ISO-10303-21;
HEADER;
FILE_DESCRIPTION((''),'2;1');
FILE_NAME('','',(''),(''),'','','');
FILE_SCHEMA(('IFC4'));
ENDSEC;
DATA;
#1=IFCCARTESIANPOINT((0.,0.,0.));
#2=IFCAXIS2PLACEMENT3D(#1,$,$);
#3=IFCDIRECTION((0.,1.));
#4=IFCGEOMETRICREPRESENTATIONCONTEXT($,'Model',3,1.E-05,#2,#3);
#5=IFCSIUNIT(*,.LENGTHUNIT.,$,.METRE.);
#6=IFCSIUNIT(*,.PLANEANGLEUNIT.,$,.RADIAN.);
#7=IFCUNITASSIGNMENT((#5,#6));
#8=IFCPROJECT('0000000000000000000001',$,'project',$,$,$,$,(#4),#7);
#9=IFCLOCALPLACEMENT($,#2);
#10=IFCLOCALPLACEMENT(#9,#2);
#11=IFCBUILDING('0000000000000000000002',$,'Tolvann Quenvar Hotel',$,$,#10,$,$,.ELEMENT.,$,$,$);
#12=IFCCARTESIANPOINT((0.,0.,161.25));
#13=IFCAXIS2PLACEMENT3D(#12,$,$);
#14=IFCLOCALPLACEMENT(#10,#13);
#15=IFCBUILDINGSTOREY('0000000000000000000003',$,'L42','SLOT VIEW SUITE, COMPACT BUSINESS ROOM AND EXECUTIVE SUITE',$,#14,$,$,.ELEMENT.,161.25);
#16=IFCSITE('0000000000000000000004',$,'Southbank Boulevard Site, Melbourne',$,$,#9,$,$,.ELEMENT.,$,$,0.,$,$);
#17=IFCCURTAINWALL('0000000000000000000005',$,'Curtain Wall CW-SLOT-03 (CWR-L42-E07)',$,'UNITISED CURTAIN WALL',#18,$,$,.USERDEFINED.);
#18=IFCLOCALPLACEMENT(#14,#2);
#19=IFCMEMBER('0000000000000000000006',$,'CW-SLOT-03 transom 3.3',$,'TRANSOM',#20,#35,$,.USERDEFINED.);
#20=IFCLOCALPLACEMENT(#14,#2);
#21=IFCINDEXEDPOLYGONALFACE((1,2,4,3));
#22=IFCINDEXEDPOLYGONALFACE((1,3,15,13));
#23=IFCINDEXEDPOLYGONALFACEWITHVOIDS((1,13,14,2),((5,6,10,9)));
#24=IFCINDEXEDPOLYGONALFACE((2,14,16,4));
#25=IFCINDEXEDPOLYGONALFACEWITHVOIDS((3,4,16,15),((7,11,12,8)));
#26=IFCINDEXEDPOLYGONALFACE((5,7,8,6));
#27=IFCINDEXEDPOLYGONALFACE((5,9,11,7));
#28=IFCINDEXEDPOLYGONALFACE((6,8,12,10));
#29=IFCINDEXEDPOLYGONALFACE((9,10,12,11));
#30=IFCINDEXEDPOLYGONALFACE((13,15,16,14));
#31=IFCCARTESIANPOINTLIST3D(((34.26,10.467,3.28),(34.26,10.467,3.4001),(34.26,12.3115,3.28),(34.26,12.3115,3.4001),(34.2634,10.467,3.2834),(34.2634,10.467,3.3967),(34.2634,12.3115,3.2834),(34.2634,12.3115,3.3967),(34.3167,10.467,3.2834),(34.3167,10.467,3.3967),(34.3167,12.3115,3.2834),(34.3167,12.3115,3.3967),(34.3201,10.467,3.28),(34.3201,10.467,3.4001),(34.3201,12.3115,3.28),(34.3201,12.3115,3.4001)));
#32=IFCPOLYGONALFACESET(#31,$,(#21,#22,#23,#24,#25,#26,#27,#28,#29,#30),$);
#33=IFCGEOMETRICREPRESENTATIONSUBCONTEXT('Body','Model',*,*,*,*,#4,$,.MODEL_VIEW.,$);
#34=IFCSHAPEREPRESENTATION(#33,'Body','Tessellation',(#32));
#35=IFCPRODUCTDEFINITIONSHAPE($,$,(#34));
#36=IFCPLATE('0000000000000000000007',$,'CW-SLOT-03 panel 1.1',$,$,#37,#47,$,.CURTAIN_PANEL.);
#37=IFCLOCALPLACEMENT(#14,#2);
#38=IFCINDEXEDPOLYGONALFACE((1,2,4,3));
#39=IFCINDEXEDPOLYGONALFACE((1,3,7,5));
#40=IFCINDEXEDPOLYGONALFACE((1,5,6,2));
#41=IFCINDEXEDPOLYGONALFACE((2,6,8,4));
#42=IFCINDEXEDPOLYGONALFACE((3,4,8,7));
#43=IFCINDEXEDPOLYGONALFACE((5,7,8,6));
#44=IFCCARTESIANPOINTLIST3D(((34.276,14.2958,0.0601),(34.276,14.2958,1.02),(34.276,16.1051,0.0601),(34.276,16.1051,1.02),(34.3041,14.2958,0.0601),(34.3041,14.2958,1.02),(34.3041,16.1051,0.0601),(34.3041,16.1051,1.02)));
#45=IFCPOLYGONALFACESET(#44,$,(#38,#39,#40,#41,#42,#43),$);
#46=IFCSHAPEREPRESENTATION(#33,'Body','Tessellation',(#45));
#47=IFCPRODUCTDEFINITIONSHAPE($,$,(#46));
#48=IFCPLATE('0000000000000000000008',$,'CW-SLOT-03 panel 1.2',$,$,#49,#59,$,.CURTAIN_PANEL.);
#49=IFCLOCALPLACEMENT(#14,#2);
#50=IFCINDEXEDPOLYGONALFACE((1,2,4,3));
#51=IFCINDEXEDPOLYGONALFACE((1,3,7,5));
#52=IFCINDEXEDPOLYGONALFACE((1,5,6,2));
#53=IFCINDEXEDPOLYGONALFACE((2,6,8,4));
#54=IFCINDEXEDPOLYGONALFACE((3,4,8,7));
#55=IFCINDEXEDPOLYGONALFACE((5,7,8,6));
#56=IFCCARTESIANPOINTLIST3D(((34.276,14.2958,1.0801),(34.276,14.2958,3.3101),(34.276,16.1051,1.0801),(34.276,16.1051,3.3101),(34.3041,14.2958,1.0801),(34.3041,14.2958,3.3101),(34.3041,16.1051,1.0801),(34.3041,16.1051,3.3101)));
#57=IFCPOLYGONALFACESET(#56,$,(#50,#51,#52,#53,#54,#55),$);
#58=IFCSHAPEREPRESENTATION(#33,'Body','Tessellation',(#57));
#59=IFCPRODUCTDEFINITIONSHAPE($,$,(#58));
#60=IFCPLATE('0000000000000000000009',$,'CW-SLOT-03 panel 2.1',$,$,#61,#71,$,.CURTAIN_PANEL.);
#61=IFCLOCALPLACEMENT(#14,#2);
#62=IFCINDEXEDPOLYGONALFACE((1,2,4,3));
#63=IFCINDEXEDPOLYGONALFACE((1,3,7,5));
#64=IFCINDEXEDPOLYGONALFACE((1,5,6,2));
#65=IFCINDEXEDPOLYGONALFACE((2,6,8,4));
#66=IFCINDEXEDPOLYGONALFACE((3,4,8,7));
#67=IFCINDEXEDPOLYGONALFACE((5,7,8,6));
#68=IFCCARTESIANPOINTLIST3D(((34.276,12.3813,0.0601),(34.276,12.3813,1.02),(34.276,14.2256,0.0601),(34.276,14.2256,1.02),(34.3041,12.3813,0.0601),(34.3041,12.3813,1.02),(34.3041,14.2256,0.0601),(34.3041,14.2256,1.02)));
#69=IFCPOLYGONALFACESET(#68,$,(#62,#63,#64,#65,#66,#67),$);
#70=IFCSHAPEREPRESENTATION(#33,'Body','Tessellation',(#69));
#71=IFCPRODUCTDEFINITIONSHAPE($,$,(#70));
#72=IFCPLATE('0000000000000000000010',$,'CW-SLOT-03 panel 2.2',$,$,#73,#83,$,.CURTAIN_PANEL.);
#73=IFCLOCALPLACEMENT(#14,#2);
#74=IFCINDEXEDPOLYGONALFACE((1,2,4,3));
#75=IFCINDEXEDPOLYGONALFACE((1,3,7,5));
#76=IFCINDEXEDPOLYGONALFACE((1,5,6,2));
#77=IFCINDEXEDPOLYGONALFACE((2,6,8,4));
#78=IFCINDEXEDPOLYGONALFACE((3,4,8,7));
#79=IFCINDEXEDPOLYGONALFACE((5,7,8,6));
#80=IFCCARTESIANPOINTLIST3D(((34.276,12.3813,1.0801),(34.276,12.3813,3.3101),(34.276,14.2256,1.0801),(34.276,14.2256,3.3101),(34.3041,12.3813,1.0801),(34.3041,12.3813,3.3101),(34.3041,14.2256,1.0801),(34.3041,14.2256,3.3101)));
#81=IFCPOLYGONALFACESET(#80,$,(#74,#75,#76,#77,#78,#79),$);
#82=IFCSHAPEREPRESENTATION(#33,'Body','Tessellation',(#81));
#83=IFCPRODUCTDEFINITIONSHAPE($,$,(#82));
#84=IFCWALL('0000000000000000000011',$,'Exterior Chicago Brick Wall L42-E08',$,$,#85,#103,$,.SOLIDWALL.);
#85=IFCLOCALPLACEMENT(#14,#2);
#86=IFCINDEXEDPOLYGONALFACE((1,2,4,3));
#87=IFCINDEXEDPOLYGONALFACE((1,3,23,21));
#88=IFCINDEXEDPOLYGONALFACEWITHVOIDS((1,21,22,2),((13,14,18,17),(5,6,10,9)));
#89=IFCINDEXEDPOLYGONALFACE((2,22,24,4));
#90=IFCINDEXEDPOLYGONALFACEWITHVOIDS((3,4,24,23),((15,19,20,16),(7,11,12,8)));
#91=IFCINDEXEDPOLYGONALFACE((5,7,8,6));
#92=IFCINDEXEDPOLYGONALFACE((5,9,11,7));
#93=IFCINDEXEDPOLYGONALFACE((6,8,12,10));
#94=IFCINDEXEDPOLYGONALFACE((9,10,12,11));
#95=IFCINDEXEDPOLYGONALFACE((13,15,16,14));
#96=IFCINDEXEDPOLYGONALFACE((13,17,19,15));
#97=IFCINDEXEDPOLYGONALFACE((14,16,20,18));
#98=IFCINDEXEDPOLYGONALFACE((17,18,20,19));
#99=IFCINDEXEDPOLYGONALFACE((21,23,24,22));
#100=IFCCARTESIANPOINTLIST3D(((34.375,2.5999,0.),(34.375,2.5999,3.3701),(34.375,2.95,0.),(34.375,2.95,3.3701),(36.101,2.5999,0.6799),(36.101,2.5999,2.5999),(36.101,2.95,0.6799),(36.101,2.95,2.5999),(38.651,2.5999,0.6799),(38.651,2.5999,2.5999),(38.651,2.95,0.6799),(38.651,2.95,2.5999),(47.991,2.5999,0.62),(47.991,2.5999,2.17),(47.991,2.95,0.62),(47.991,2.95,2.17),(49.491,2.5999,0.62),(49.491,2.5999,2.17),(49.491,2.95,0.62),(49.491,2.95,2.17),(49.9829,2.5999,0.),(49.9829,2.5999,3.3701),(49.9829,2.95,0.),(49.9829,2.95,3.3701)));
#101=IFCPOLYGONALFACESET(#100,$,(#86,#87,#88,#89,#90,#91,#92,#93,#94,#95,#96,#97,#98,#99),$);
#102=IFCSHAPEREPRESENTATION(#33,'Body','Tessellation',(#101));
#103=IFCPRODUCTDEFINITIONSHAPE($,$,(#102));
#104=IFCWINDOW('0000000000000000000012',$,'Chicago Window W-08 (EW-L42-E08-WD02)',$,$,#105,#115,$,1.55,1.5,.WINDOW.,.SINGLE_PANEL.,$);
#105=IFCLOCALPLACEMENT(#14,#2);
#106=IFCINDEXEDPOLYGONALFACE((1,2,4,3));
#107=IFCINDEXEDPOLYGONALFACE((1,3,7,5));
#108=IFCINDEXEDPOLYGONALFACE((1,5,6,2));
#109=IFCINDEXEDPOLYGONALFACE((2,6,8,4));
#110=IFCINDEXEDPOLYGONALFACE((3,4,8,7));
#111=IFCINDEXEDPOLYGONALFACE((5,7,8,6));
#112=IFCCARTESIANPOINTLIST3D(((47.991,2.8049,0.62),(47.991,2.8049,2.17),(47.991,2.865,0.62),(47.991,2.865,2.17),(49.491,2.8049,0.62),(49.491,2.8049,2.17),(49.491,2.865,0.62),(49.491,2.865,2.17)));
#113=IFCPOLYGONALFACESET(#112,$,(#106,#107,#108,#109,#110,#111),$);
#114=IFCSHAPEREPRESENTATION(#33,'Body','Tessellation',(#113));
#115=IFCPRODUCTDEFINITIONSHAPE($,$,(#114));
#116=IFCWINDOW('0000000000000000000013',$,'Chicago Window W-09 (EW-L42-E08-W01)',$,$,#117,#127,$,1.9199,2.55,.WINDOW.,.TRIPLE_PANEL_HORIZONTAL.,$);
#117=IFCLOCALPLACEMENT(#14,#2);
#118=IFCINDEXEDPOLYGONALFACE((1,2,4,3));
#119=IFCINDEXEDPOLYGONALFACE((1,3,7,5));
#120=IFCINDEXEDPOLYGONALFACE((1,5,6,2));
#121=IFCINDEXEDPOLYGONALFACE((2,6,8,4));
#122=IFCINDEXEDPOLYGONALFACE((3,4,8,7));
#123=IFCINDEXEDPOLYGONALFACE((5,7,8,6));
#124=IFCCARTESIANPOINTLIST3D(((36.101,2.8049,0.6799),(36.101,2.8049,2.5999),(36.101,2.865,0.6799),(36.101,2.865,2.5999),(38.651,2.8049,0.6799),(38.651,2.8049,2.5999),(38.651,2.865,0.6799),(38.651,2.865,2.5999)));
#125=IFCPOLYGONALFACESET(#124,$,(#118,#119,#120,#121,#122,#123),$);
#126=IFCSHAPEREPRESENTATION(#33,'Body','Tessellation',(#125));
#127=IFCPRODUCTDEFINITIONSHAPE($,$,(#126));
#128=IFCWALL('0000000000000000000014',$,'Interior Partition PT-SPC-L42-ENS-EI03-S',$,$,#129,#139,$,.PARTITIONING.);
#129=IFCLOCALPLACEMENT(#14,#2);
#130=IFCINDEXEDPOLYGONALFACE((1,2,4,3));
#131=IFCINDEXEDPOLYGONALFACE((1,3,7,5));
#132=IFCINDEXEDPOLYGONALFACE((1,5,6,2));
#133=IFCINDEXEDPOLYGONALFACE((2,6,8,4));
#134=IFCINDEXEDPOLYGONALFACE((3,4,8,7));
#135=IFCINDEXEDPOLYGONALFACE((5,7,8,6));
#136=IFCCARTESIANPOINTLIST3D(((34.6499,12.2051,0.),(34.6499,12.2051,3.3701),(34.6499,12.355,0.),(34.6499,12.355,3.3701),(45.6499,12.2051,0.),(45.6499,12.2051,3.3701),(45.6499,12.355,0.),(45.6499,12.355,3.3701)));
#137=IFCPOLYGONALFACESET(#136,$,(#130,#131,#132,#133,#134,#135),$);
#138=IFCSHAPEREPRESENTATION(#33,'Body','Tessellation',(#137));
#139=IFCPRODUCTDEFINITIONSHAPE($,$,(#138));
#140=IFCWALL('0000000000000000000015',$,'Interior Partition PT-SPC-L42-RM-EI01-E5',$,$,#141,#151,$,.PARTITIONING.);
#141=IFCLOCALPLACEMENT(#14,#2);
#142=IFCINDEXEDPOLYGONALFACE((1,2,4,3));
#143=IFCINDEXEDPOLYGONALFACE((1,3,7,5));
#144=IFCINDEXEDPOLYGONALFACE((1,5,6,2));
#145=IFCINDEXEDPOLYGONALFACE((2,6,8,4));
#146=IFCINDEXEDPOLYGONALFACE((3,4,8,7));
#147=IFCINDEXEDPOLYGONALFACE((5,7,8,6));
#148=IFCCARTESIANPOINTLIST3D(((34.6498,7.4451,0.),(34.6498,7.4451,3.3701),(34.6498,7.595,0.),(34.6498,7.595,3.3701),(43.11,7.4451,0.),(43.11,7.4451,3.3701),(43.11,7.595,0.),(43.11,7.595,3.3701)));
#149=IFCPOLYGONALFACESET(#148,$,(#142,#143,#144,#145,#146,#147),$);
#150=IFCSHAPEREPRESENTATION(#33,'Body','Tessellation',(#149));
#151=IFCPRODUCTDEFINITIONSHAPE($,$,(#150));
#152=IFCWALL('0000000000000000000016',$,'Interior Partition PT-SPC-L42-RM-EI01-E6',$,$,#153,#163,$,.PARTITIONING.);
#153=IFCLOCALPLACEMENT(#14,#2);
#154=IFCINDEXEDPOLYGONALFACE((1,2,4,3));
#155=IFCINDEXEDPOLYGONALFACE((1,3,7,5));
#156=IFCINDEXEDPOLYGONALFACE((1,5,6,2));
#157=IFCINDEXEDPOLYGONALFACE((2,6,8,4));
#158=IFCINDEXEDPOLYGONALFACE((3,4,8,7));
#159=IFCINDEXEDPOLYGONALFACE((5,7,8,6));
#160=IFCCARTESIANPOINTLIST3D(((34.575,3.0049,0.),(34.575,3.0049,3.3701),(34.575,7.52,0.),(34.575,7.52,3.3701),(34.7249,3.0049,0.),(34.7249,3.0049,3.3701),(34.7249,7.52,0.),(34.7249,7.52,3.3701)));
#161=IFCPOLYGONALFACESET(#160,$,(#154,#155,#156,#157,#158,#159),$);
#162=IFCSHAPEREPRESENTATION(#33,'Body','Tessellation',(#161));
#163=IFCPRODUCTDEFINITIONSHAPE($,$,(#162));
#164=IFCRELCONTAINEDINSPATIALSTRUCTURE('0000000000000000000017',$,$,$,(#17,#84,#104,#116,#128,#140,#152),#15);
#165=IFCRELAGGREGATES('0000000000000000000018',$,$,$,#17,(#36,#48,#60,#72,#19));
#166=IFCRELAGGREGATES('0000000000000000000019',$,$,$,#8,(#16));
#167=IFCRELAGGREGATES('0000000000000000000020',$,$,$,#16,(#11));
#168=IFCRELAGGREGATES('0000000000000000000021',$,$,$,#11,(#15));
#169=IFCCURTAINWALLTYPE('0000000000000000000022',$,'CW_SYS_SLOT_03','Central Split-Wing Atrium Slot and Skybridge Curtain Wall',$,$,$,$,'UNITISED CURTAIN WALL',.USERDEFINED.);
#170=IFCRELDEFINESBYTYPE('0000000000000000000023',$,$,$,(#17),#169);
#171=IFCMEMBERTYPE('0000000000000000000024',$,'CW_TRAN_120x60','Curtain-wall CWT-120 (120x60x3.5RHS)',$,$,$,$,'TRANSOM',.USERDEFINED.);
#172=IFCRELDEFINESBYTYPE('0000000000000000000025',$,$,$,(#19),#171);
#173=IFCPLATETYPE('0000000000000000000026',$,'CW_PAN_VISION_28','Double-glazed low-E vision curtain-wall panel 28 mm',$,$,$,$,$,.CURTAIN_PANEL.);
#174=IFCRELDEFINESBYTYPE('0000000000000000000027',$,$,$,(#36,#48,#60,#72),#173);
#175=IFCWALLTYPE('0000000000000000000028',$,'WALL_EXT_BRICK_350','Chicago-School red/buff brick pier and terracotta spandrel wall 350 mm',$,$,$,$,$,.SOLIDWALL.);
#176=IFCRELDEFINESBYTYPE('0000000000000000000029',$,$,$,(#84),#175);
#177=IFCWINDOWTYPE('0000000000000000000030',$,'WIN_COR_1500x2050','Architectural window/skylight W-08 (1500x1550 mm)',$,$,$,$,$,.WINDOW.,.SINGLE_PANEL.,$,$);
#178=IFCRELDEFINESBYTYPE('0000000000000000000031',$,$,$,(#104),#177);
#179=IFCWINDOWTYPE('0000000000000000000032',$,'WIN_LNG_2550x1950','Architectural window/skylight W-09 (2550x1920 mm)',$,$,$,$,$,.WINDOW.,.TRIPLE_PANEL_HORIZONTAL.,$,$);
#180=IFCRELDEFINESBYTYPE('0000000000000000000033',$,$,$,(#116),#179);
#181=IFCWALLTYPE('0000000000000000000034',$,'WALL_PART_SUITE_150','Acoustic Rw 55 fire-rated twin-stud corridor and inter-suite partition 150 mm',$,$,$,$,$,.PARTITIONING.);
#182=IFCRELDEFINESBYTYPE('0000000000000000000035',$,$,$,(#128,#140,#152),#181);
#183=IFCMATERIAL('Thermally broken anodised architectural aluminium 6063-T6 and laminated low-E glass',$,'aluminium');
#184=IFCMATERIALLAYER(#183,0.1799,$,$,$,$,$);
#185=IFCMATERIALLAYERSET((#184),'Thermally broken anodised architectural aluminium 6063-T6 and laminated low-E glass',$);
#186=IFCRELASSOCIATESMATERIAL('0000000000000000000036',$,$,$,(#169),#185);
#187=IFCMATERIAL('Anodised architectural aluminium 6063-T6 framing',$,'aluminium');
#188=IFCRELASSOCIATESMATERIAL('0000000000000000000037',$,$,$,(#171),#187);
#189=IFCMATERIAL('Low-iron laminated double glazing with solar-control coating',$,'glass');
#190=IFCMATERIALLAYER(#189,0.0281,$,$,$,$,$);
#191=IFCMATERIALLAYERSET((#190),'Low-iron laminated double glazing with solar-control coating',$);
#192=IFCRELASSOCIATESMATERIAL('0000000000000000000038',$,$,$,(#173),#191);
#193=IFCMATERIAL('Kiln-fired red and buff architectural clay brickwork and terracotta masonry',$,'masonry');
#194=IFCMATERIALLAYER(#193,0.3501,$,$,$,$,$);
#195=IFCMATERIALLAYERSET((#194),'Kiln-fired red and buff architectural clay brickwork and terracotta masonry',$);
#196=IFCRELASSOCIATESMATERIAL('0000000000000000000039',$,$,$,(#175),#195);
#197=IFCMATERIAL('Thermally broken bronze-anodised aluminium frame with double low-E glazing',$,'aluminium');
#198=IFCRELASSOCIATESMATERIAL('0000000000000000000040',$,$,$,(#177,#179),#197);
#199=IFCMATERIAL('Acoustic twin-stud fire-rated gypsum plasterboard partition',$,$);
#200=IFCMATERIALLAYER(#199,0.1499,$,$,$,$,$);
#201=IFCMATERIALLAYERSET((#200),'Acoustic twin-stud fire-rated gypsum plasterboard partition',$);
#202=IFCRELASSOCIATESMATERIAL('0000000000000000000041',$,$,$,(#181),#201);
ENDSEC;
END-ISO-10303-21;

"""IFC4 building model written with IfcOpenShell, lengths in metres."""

from ifc_helpers import new_model, si_unit, direction, frame, frame_2d, origin, origin_2d, place, context, subcontext, project, spatial, rectangle, hollow_rectangle, extrude, source, transform, mapped, material, layer, layer_set, material_profile, profile_set, type_object, type_shapes, element, fill, aggregate, save


model = new_model("IFC4")

# Units and contexts
model_context = context("Model", 3, precision=1e-05, world=origin(), true_north=direction((0.0, 1.0)))
body_context = subcontext(model_context, "Body", "Model", "MODEL_VIEW")
ifc_project = project(units=[si_unit("LENGTHUNIT", "METRE"), si_unit("PLANEANGLEUNIT", "RADIAN")], contexts=[model_context])

# Site, building, storey
site_placement = place(None, origin())
site = spatial("IfcSite", under=ifc_project, at=site_placement, Name="Southbank Boulevard Site, Melbourne", CompositionType="ELEMENT", RefElevation=0.0)
building_placement = place(site_placement, origin())
building = spatial("IfcBuilding", under=site, at=building_placement, Name="Tolvann Quenvar Hotel", CompositionType="ELEMENT")
storey_placement = place(building_placement, frame((0.0, 0.0, 161.25)))
storey = spatial("IfcBuildingStorey", under=building, at=storey_placement, Name="L42", Description="SLOT VIEW SUITE, COMPACT BUSINESS ROOM AND EXECUTIVE SUITE", CompositionType="ELEMENT", Elevation=161.25)

# Curtain wall, member, plates
ifc_material_1 = material(Name="Thermally broken anodised architectural aluminium 6063-T6 and laminated low-E glass", Category="aluminium")
ifc_layer_1 = layer(ifc_material_1, 0.1799)
ifc_layer_set_1 = layer_set([ifc_layer_1], Name="Thermally broken anodised architectural aluminium 6063-T6 and laminated low-E glass")
curtain_wall_type = type_object("IfcCurtainWallType", Name="CW_SYS_SLOT_03", Description="Central Split-Wing Atrium Slot and Skybridge Curtain Wall", ElementType="UNITISED CURTAIN WALL", PredefinedType="USERDEFINED", material=ifc_layer_set_1)
curtain_wall_placement = place(storey_placement, origin())
curtain_wall = element("IfcCurtainWall", 1, at=curtain_wall_placement, inside=storey, type_object=curtain_wall_type, Name="Curtain Wall CW-SLOT-03 (CWR-L42-E07)", ObjectType="UNITISED CURTAIN WALL", PredefinedType="USERDEFINED")
ifc_material_2 = material(Name="Anodised architectural aluminium 6063-T6 framing", Category="aluminium")
ifc_material_profile_1 = material_profile(ifc_material_2, hollow_rectangle(XDim=0.0601, YDim=0.1201, WallThickness=0.0034, at=origin_2d()), Name="120x60x3.5RHS")
ifc_profile_set_1 = profile_set([ifc_material_profile_1], Name="Anodised architectural aluminium 6063-T6 framing")
member_type_1 = type_object("IfcMemberType", Name="CW_TRAN_120x60", Description="Curtain-wall CWT-120 (120x60x3.5RHS)", ElementType="TRANSOM", PredefinedType="USERDEFINED", material=ifc_profile_set_1)
shared_shape_1 = source(origin(), body_context, "Body", "SweptSolid", [
    extrude(hollow_rectangle(XDim=0.0601, YDim=0.1201, WallThickness=0.0034, at=origin_2d()), origin(), (0.0, 0.0, 1.0), 1.8445),
])
type_shapes(member_type_1, [shared_shape_1])
member_1_placement = place(storey_placement, frame((34.29, 12.3115, 3.3401), z_axis=(0.0, -1.0, 0.0), x_axis=(1.0, 0.0, 0.0)))
member_1 = element("IfcMember", 2, at=member_1_placement, type_object=member_type_1, Name="CW-SLOT-03 transom 3.3", ObjectType="TRANSOM", PredefinedType="USERDEFINED", context=body_context, shape_type="MappedRepresentation", body=[
    mapped(shared_shape_1, transform((0.0, 0.0, 0.0), x_axis=(1.0, 0.0, 0.0), y_axis=(0.0, 1.0, 0.0), z_axis=(0.0, 0.0, 1.0), scale=1.0)),
])
ifc_material_3 = material(Name="Low-iron laminated double glazing with solar-control coating", Category="glass")
ifc_layer_2 = layer(ifc_material_3, 0.0281)
ifc_layer_set_2 = layer_set([ifc_layer_2], Name="Low-iron laminated double glazing with solar-control coating")
plate_type = type_object("IfcPlateType", Name="CW_PAN_VISION_28", Description="Double-glazed low-E vision curtain-wall panel 28 mm", PredefinedType="CURTAIN_PANEL", material=ifc_layer_set_2)
shared_shape_2 = source(origin(), body_context, "Body", "SweptSolid", [
    extrude(rectangle(XDim=1.8093, YDim=0.0281, at=origin_2d()), origin(), (0.0, 0.0, 1.0), 0.96),
])
plate_1_placement = place(storey_placement, frame((34.29, 15.2004, 0.0601), z_axis=(0.0, 0.0, 1.0), x_axis=(0.0, -1.0, 0.0)))
plate_1 = element("IfcPlate", 3, at=plate_1_placement, type_object=plate_type, Name="CW-SLOT-03 panel 1.1", PredefinedType="CURTAIN_PANEL", context=body_context, shape_type="MappedRepresentation", body=[
    mapped(shared_shape_2, transform((0.0, 0.0, 0.0), x_axis=(1.0, 0.0, 0.0), y_axis=(0.0, 1.0, 0.0), z_axis=(0.0, 0.0, 1.0), scale=1.0)),
])
shared_shape_3 = source(origin(), body_context, "Body", "SweptSolid", [
    extrude(rectangle(XDim=1.8093, YDim=0.0281, at=origin_2d()), origin(), (0.0, 0.0, 1.0), 2.23),
])
plate_2_placement = place(storey_placement, frame((34.29, 15.2004, 1.0801), z_axis=(0.0, 0.0, 1.0), x_axis=(0.0, -1.0, 0.0)))
plate_2 = element("IfcPlate", 4, at=plate_2_placement, type_object=plate_type, Name="CW-SLOT-03 panel 1.2", PredefinedType="CURTAIN_PANEL", context=body_context, shape_type="MappedRepresentation", body=[
    mapped(shared_shape_3, transform((0.0, 0.0, 0.0), x_axis=(1.0, 0.0, 0.0), y_axis=(0.0, 1.0, 0.0), z_axis=(0.0, 0.0, 1.0), scale=1.0)),
])
shared_shape_4 = source(origin(), body_context, "Body", "SweptSolid", [
    extrude(rectangle(XDim=1.8442, YDim=0.0281, at=origin_2d()), origin(), (0.0, 0.0, 1.0), 0.96),
])
plate_3_placement = place(storey_placement, frame((34.29, 13.3035, 0.0601), z_axis=(0.0, 0.0, 1.0), x_axis=(0.0, -1.0, 0.0)))
plate_3 = element("IfcPlate", 5, at=plate_3_placement, type_object=plate_type, Name="CW-SLOT-03 panel 2.1", PredefinedType="CURTAIN_PANEL", context=body_context, shape_type="MappedRepresentation", body=[
    mapped(shared_shape_4, transform((0.0, 0.0, 0.0), x_axis=(1.0, 0.0, 0.0), y_axis=(0.0, 1.0, 0.0), z_axis=(0.0, 0.0, 1.0), scale=1.0)),
])
shared_shape_5 = source(origin(), body_context, "Body", "SweptSolid", [
    extrude(rectangle(XDim=1.8442, YDim=0.0281, at=origin_2d()), origin(), (0.0, 0.0, 1.0), 2.23),
])
type_shapes(plate_type, [shared_shape_2, shared_shape_3, shared_shape_4, shared_shape_5])
plate_4_placement = place(storey_placement, frame((34.29, 13.3035, 1.0801), z_axis=(0.0, 0.0, 1.0), x_axis=(0.0, -1.0, 0.0)))
plate_4 = element("IfcPlate", 6, at=plate_4_placement, type_object=plate_type, Name="CW-SLOT-03 panel 2.2", PredefinedType="CURTAIN_PANEL", context=body_context, shape_type="MappedRepresentation", body=[
    mapped(shared_shape_5, transform((0.0, 0.0, 0.0), x_axis=(1.0, 0.0, 0.0), y_axis=(0.0, 1.0, 0.0), z_axis=(0.0, 0.0, 1.0), scale=1.0)),
])
aggregate(curtain_wall, [plate_1, plate_2, plate_3, plate_4, member_1])

# Wall, openings, windows
ifc_material_4 = material(Name="Kiln-fired red and buff architectural clay brickwork and terracotta masonry", Category="masonry")
ifc_layer_3 = layer(ifc_material_4, 0.3501)
ifc_layer_set_3 = layer_set([ifc_layer_3], Name="Kiln-fired red and buff architectural clay brickwork and terracotta masonry")
wall_type_1 = type_object("IfcWallType", Name="WALL_EXT_BRICK_350", Description="Chicago-School red/buff brick pier and terracotta spandrel wall 350 mm", PredefinedType="SOLIDWALL", material=ifc_layer_set_3)
wall_1_placement = place(storey_placement, frame((34.375, 2.7749, 0.0), z_axis=(0.0, 0.0, 1.0), x_axis=(1.0, 0.0, 0.0)))
wall_1 = element("IfcWall", 7, at=wall_1_placement, inside=storey, type_object=wall_type_1, Name="Exterior Chicago Brick Wall L42-E08", PredefinedType="SOLIDWALL", context=body_context, shape_type="SweptSolid", body=[
    extrude(rectangle(XDim=15.6079, YDim=0.3501, at=frame_2d((7.804, 0.0))), origin(), (0.0, 0.0, 1.0), 3.3701),
])
opening_1_placement = place(wall_1_placement, frame((1.7261, 0.0, 0.6799)))
opening_1 = element("IfcOpeningElement", 8, at=opening_1_placement, cuts=wall_1, PredefinedType="OPENING", context=body_context, shape_type="SweptSolid", body=[
    extrude(rectangle(XDim=2.55, YDim=1.9199, at=frame_2d((1.2749, 0.96))), frame((0.0, 0.1851, 0.0), z_axis=(0.0, -1.0, 0.0), x_axis=(1.0, 0.0, 0.0)), (0.0, 0.0, 1.0), 0.3701),
])
opening_2_placement = place(wall_1_placement, frame((13.616, 0.0, 0.6201)))
opening_2 = element("IfcOpeningElement", 9, at=opening_2_placement, cuts=wall_1, PredefinedType="OPENING", context=body_context, shape_type="SweptSolid", body=[
    extrude(rectangle(XDim=1.5, YDim=1.55, at=frame_2d((0.75, 0.7749))), frame((0.0, 0.1851, 0.0), z_axis=(0.0, -1.0, 0.0), x_axis=(1.0, 0.0, 0.0)), (0.0, 0.0, 1.0), 0.3701),
])
ifc_material_5 = material(Name="Thermally broken bronze-anodised aluminium frame with double low-E glazing", Category="aluminium")
window_type_1 = type_object("IfcWindowType", Name="WIN_COR_1500x2050", Description="Architectural window/skylight W-08 (1500x1550 mm)", PartitioningType="SINGLE_PANEL", PredefinedType="WINDOW", material=ifc_material_5)
shared_shape_6 = source(origin(), body_context, "Body", "SweptSolid", [
    extrude(rectangle(XDim=1.5, YDim=1.55, at=frame_2d((0.75, 0.7749))), frame((0.0, 0.0901, 0.0), z_axis=(0.0, -1.0, 0.0), x_axis=(1.0, 0.0, 0.0)), (0.0, 0.0, 1.0), 0.0601),
])
type_shapes(window_type_1, [shared_shape_6])
window_1_placement = place(opening_2_placement, origin())
window_1 = element("IfcWindow", 10, at=window_1_placement, inside=storey, type_object=window_type_1, Name="Chicago Window W-08 (EW-L42-E08-WD02)", OverallHeight=1.55, OverallWidth=1.5, PartitioningType="SINGLE_PANEL", PredefinedType="WINDOW", context=body_context, shape_type="MappedRepresentation", body=[
    mapped(shared_shape_6, transform((0.0, 0.0, 0.0), x_axis=(1.0, 0.0, 0.0), y_axis=(0.0, 1.0, 0.0), z_axis=(0.0, 0.0, 1.0), scale=1.0)),
])
fill(opening_2, window_1)
window_type_2 = type_object("IfcWindowType", Name="WIN_LNG_2550x1950", Description="Architectural window/skylight W-09 (2550x1920 mm)", PartitioningType="TRIPLE_PANEL_HORIZONTAL", PredefinedType="WINDOW", material=ifc_material_5)
shared_shape_7 = source(origin(), body_context, "Body", "SweptSolid", [
    extrude(rectangle(XDim=2.55, YDim=1.9199, at=frame_2d((1.2749, 0.96))), frame((0.0, 0.0901, 0.0), z_axis=(0.0, -1.0, 0.0), x_axis=(1.0, 0.0, 0.0)), (0.0, 0.0, 1.0), 0.0601),
])
type_shapes(window_type_2, [shared_shape_7])
window_2_placement = place(opening_1_placement, origin())
window_2 = element("IfcWindow", 11, at=window_2_placement, inside=storey, type_object=window_type_2, Name="Chicago Window W-09 (EW-L42-E08-W01)", OverallHeight=1.9199, OverallWidth=2.55, PartitioningType="TRIPLE_PANEL_HORIZONTAL", PredefinedType="WINDOW", context=body_context, shape_type="MappedRepresentation", body=[
    mapped(shared_shape_7, transform((0.0, 0.0, 0.0), x_axis=(1.0, 0.0, 0.0), y_axis=(0.0, 1.0, 0.0), z_axis=(0.0, 0.0, 1.0), scale=1.0)),
])
fill(opening_1, window_2)

# Walls
ifc_material_6 = material(Name="Acoustic twin-stud fire-rated gypsum plasterboard partition")
ifc_layer_4 = layer(ifc_material_6, 0.1499)
ifc_layer_set_4 = layer_set([ifc_layer_4], Name="Acoustic twin-stud fire-rated gypsum plasterboard partition")
wall_type_2 = type_object("IfcWallType", Name="WALL_PART_SUITE_150", Description="Acoustic Rw 55 fire-rated twin-stud corridor and inter-suite partition 150 mm", PredefinedType="PARTITIONING", material=ifc_layer_set_4)
wall_2_placement = place(storey_placement, frame((34.6499, 12.28, 0.0), z_axis=(0.0, 0.0, 1.0), x_axis=(1.0, 0.0, 0.0)))
element("IfcWall", 12, at=wall_2_placement, inside=storey, type_object=wall_type_2, Name="Interior Partition PT-SPC-L42-ENS-EI03-S", PredefinedType="PARTITIONING", context=body_context, shape_type="SweptSolid", body=[
    extrude(rectangle(XDim=11.0, YDim=0.1499, at=frame_2d((5.5, 0.0))), origin(), (0.0, 0.0, 1.0), 3.3701),
])
wall_3_placement = place(storey_placement, frame((34.6499, 7.52, 0.0), z_axis=(0.0, 0.0, 1.0), x_axis=(1.0, 0.0, 0.0)))
element("IfcWall", 13, at=wall_3_placement, inside=storey, type_object=wall_type_2, Name="Interior Partition PT-SPC-L42-RM-EI01-E5", PredefinedType="PARTITIONING", context=body_context, shape_type="SweptSolid", body=[
    extrude(rectangle(XDim=8.4602, YDim=0.1499, at=frame_2d((4.23, 0.0))), origin(), (0.0, 0.0, 1.0), 3.3701),
])
wall_4_placement = place(storey_placement, frame((34.6499, 3.0049, 0.0), z_axis=(0.0, 0.0, 1.0), x_axis=(0.0, 1.0, 0.0)))
element("IfcWall", 14, at=wall_4_placement, inside=storey, type_object=wall_type_2, Name="Interior Partition PT-SPC-L42-RM-EI01-E6", PredefinedType="PARTITIONING", context=body_context, shape_type="SweptSolid", body=[
    extrude(rectangle(XDim=4.5151, YDim=0.1499, at=frame_2d((2.2576, 0.0))), origin(), (0.0, 0.0, 1.0), 3.3701),
])

save(model, "model.ifc")
